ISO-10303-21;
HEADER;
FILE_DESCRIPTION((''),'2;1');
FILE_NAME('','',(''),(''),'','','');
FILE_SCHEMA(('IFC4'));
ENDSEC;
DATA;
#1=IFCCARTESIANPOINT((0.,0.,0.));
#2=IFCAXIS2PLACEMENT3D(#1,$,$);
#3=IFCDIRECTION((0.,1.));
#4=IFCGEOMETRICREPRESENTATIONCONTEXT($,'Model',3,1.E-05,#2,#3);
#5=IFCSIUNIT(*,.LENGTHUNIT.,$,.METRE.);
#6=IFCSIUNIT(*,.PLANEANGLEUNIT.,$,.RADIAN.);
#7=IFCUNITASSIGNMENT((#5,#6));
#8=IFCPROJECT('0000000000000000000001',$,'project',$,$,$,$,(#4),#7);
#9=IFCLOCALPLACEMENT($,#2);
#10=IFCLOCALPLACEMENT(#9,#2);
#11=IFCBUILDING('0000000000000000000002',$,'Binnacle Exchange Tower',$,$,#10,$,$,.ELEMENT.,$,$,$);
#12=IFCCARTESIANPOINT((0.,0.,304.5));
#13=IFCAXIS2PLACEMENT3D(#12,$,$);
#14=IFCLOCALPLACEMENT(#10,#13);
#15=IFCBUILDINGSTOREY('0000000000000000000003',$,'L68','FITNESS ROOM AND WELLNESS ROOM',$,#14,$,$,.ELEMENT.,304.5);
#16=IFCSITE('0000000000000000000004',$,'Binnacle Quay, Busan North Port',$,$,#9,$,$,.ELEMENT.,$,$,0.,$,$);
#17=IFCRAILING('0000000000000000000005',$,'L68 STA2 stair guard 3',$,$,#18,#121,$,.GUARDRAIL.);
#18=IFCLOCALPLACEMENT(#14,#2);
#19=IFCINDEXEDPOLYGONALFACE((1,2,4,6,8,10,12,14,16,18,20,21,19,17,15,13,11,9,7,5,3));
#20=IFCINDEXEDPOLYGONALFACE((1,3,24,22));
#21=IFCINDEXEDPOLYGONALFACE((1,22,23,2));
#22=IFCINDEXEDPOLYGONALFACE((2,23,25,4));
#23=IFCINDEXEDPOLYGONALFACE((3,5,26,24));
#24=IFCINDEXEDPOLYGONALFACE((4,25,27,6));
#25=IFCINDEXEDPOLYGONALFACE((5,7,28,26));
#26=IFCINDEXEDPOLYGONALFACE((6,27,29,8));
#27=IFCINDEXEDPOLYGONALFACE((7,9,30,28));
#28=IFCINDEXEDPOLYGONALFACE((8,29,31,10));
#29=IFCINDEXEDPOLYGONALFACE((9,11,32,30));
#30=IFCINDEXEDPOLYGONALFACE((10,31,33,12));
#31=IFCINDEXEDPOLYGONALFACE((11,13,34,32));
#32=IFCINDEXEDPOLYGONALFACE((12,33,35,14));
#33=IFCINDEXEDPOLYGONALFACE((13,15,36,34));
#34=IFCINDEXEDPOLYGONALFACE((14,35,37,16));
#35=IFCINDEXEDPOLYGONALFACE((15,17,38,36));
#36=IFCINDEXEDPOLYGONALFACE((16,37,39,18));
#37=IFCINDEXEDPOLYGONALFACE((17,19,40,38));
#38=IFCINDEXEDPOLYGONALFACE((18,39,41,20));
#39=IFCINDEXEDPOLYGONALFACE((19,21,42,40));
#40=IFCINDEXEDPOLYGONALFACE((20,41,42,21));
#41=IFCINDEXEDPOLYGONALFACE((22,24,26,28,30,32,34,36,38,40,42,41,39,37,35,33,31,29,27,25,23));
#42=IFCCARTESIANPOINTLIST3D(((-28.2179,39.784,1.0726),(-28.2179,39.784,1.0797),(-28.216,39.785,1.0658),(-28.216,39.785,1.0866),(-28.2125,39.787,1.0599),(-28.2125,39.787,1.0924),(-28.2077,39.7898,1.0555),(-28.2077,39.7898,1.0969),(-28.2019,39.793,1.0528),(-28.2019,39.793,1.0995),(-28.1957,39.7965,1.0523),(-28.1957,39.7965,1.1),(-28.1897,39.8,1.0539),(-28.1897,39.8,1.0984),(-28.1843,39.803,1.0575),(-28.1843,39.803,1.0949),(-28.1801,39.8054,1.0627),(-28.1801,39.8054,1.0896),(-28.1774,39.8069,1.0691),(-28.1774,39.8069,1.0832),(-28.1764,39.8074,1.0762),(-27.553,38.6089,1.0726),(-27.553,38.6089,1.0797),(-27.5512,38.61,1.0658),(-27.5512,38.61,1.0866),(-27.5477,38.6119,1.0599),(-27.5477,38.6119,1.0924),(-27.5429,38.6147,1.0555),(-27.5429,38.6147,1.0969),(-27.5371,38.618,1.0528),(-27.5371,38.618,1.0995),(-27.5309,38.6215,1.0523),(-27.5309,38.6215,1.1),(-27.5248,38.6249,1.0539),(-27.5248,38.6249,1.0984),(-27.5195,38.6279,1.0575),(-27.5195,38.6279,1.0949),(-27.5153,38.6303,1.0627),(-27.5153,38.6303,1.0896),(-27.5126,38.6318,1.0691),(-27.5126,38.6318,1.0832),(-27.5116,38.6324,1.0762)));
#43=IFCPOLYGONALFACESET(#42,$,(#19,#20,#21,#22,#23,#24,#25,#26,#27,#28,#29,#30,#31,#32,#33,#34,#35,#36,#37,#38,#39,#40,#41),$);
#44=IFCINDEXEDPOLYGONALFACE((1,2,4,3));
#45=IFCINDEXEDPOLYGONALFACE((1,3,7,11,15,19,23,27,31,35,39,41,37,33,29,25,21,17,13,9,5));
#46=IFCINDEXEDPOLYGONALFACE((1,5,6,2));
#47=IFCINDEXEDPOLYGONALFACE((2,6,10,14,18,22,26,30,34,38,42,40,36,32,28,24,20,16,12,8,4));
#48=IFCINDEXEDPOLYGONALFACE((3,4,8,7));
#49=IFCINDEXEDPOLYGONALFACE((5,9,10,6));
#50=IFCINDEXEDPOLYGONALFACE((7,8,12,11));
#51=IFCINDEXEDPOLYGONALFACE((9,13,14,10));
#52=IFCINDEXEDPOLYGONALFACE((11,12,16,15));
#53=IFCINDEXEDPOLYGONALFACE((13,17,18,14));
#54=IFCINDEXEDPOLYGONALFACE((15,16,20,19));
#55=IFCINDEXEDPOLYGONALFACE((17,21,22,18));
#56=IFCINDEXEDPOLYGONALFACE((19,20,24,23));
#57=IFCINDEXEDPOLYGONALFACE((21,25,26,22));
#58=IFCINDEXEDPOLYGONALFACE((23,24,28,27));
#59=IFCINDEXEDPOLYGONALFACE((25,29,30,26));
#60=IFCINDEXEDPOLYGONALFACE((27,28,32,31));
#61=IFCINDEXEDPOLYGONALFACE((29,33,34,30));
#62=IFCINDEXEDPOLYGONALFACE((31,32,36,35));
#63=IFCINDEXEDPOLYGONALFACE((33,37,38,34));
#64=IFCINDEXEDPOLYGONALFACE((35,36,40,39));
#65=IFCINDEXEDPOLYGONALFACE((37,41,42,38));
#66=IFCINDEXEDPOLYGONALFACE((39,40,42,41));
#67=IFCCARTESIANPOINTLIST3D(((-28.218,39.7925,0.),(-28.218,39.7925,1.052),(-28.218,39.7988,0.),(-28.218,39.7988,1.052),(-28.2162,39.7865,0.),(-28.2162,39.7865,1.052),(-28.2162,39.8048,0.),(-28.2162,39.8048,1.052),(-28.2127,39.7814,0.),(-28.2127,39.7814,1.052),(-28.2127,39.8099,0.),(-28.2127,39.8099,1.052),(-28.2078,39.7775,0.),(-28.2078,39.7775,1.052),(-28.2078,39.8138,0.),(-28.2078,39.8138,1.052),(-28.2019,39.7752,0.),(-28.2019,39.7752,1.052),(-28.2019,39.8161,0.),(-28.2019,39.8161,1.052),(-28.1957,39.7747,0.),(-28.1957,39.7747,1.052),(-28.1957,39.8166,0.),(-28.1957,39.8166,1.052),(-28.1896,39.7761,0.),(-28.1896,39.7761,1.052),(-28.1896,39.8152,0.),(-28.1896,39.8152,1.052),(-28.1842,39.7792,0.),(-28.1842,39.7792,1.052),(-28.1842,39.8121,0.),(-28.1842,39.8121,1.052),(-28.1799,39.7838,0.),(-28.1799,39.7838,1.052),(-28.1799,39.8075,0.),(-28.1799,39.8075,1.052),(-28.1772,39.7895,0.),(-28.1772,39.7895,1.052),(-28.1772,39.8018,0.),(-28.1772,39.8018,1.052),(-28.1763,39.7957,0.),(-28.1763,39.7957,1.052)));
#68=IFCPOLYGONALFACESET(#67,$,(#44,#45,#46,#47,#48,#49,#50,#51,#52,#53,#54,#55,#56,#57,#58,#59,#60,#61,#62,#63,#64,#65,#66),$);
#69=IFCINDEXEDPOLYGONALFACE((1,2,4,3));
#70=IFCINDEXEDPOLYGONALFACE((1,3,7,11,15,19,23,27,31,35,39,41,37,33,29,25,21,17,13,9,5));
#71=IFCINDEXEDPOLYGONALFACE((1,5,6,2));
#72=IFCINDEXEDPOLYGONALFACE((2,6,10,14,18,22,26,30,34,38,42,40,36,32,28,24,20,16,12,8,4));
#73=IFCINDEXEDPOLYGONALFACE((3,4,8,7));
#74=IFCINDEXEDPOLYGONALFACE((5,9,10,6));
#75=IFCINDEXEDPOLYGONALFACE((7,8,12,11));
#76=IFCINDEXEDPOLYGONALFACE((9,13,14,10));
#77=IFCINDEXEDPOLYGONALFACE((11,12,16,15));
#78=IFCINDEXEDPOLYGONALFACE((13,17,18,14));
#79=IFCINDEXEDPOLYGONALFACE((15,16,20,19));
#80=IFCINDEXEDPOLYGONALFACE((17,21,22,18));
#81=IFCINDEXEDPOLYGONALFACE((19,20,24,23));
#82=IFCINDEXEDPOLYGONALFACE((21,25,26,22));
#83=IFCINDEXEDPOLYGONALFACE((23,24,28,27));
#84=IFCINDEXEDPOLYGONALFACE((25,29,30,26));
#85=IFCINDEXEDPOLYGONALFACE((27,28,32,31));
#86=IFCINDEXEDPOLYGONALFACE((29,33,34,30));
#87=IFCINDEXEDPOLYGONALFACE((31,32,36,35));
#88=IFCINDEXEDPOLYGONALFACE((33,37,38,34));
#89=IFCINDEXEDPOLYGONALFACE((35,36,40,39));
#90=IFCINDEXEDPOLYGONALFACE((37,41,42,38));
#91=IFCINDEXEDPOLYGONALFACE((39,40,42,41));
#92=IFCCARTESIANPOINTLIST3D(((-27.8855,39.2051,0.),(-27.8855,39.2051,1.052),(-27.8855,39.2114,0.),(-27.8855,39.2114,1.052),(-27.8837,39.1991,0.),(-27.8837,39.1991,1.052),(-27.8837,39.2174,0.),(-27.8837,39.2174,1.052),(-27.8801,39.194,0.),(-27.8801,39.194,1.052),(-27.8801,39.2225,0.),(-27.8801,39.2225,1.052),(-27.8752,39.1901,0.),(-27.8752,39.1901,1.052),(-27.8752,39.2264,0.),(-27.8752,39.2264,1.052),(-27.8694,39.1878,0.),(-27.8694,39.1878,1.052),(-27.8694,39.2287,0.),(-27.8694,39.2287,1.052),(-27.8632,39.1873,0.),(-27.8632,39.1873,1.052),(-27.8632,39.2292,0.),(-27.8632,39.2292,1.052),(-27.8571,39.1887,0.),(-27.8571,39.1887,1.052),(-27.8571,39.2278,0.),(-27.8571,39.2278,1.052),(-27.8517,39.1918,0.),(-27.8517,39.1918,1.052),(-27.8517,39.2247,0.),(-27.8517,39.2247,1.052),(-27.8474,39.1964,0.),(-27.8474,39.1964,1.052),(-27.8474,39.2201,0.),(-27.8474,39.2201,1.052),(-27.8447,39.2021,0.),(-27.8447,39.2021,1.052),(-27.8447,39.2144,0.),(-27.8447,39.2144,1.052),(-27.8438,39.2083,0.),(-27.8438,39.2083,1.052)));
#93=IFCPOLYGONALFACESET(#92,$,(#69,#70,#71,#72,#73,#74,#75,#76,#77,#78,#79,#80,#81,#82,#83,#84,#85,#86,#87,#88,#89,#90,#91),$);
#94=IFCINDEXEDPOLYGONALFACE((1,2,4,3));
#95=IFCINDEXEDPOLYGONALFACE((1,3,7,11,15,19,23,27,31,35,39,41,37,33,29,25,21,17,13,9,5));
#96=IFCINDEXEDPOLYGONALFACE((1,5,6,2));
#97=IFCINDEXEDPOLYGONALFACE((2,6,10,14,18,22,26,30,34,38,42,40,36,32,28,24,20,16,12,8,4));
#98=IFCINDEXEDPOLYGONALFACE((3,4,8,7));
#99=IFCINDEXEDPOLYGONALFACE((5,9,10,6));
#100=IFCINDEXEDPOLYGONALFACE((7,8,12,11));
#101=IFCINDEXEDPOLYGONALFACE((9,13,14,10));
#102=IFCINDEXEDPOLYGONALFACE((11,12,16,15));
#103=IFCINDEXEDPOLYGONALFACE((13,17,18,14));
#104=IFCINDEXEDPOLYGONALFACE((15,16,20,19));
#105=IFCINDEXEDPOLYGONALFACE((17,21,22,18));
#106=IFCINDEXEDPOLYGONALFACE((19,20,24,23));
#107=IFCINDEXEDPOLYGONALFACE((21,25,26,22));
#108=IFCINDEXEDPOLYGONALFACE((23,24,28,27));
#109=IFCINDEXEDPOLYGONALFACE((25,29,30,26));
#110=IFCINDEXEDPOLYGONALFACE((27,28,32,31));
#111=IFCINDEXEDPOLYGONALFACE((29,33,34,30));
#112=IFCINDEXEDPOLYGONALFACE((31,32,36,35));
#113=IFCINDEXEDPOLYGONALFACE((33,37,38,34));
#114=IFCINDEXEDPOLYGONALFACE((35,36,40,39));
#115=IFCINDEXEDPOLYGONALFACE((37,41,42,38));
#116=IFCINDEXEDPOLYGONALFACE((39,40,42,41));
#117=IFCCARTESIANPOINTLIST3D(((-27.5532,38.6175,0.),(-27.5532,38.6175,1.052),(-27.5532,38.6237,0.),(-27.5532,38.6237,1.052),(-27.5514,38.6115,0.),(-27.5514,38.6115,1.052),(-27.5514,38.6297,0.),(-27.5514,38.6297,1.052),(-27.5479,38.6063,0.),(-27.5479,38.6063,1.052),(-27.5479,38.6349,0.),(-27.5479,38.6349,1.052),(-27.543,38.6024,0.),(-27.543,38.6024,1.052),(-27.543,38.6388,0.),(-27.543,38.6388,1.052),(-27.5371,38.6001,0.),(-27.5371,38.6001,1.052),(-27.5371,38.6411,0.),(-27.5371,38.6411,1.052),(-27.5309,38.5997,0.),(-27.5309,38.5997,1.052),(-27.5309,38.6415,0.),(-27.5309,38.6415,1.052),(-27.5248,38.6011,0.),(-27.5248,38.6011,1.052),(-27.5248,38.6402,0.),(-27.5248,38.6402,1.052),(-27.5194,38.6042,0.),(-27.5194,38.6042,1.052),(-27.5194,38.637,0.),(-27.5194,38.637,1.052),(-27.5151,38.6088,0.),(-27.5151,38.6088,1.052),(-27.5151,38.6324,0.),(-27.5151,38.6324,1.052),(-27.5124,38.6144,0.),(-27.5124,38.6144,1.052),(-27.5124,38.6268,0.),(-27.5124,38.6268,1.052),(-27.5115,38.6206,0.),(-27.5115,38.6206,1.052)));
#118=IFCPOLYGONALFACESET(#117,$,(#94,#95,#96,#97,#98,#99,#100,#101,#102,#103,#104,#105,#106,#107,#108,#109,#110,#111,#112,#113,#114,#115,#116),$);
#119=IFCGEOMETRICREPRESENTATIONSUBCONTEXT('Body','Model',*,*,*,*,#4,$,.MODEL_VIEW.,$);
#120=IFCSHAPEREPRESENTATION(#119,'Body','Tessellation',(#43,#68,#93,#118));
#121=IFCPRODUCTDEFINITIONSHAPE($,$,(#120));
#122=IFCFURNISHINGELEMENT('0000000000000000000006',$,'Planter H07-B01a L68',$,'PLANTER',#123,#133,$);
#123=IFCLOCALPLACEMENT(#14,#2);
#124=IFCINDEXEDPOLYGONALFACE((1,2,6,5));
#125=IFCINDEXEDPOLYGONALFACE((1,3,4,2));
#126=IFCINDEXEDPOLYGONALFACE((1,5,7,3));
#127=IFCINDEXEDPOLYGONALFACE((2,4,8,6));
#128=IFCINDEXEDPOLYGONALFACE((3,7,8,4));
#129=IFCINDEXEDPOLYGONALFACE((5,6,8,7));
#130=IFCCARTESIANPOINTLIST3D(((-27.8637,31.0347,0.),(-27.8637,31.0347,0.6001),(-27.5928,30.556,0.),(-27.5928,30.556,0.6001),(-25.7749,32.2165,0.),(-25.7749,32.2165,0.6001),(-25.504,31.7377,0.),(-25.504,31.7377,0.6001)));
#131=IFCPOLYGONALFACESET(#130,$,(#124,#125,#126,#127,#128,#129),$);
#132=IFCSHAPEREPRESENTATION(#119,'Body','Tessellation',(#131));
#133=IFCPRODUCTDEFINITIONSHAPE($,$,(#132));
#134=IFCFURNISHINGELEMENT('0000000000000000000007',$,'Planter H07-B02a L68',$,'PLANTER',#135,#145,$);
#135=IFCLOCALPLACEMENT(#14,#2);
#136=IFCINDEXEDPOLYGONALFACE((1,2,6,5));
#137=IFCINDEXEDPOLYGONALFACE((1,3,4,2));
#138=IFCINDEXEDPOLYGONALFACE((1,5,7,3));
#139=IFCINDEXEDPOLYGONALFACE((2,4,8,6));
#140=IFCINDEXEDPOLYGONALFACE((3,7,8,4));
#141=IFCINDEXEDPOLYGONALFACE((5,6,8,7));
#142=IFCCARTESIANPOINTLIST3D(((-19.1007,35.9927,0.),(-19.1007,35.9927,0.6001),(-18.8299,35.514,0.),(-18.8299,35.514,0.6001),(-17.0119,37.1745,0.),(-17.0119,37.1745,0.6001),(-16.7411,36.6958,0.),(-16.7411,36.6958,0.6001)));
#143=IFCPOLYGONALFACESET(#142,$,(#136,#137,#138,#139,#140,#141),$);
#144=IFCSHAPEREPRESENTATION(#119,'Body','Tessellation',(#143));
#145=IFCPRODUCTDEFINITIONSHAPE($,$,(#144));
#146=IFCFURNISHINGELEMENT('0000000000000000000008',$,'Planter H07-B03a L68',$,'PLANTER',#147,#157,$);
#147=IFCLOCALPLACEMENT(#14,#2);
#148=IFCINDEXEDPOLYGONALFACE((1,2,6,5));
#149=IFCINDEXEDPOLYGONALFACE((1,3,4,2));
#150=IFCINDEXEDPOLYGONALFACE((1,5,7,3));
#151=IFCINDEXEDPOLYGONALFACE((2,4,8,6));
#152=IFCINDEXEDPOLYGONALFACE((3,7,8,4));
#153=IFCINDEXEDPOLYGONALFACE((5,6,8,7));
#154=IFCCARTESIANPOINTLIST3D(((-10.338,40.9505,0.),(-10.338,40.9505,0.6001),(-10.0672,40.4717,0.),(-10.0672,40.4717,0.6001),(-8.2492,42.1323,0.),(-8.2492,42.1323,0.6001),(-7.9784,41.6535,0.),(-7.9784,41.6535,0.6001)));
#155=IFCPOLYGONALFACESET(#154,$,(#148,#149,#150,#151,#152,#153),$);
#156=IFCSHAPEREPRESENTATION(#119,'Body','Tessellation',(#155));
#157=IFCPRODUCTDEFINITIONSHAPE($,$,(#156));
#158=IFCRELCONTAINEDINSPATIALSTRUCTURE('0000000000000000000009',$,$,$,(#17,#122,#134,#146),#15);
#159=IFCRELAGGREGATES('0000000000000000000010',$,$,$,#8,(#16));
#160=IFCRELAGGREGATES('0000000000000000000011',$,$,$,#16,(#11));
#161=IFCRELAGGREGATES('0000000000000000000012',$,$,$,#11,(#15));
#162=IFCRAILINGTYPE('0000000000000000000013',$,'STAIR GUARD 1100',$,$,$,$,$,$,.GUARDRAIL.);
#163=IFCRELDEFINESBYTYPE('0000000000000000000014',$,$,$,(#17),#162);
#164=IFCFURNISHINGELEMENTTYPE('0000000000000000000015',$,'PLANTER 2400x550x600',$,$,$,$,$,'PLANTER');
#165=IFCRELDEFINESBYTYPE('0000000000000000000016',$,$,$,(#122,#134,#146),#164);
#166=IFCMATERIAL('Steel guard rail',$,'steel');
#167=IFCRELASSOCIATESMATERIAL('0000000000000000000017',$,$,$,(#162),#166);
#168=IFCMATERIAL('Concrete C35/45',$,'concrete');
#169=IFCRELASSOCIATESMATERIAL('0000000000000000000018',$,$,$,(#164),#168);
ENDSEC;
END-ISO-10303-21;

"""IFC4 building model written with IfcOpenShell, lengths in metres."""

from ifc_helpers import new_model, si_unit, direction, frame, origin, origin_2d, place, context, subcontext, project, spatial, rectangle, circle, extrude, material, type_object, element, save


model = new_model("IFC4")

# Units and contexts
model_context = context("Model", 3, precision=1e-05, world=origin(), true_north=direction((0.0, 1.0)))
body_context = subcontext(model_context, "Body", "Model", "MODEL_VIEW")
ifc_project = project(units=[si_unit("LENGTHUNIT", "METRE"), si_unit("PLANEANGLEUNIT", "RADIAN")], contexts=[model_context])

# Site, building, storey
site_placement = place(None, origin())
site = spatial("IfcSite", under=ifc_project, at=site_placement, Name="Binnacle Quay, Busan North Port", CompositionType="ELEMENT", RefElevation=0.0)
building_placement = place(site_placement, origin())
building = spatial("IfcBuilding", under=site, at=building_placement, Name="Binnacle Exchange Tower", CompositionType="ELEMENT")
storey_placement = place(building_placement, frame((0.0, 0.0, 304.5)))
storey = spatial("IfcBuildingStorey", under=building, at=storey_placement, Name="L68", Description="FITNESS ROOM AND WELLNESS ROOM", CompositionType="ELEMENT", Elevation=304.5)

# Shared definitions
ifc_material_1 = material(Name="Concrete C35/45", Category="concrete")

# Railing
ifc_material_2 = material(Name="Steel guard rail", Category="steel")
railing_type_1 = type_object("IfcRailingType", Name="STAIR GUARD 1100", PredefinedType="GUARDRAIL", material=ifc_material_2)
railing_1_placement = place(storey_placement, frame((-28.1973, 39.7957, 0.0)))
element("IfcRailing", 1, at=railing_1_placement, inside=storey, type_object=railing_type_1, Name="L68 STA2 stair guard 3", PredefinedType="GUARDRAIL", context=body_context, shape_type="SweptSolid", body=[
    extrude(circle(Radius=0.0239, at=origin_2d()), frame((0.0, 0.0, 1.0762), z_axis=(0.492415, -0.870361, 0.0), x_axis=(0.870361, 0.492415, 0.0)), (0.0, 0.0, 1.0), 1.3501),
    extrude(circle(Radius=0.021, at=origin_2d()), origin(), (0.0, 0.0, 1.0), 1.052),
    extrude(circle(Radius=0.021, at=origin_2d()), frame((0.3325, -0.5874, 0.0)), (0.0, 0.0, 1.0), 1.052),
    extrude(circle(Radius=0.021, at=origin_2d()), frame((0.6648, -1.175, 0.0)), (0.0, 0.0, 1.0), 1.052),
])

# Furnishing elements
furnishing_element_type = type_object("IfcFurnishingElementType", Name="PLANTER 2400x550x600", ElementType="PLANTER", material=ifc_material_1)
for number, where, z_axis, x_axis, name in (
    (2, (-26.6838, 31.3862, 0.0), (0.0, 0.0, 1.0), (0.870356, 0.492424, 0.0), "Planter H07-B01a L68"),
    (3, (-17.9209, 36.3442, 0.0), (0.0, 0.0, 1.0), (0.870356, 0.492424, 0.0), "Planter H07-B02a L68"),
    (4, (-9.1582, 41.302, 0.0), (0.0, 0.0, 1.0), (0.870356, 0.492424, 0.0), "Planter H07-B03a L68"),
):
    element("IfcFurnishingElement", number, at=place(storey_placement, frame(where, z_axis=z_axis, x_axis=x_axis)), inside=storey, type_object=furnishing_element_type, Name=name, ObjectType="PLANTER", context=body_context, shape_type="SweptSolid", body=[
        extrude(rectangle(XDim=2.3999, YDim=0.55, at=origin_2d()), origin(), (0.0, 0.0, 1.0), 0.6001),
    ])

save(model, "model.ifc")
